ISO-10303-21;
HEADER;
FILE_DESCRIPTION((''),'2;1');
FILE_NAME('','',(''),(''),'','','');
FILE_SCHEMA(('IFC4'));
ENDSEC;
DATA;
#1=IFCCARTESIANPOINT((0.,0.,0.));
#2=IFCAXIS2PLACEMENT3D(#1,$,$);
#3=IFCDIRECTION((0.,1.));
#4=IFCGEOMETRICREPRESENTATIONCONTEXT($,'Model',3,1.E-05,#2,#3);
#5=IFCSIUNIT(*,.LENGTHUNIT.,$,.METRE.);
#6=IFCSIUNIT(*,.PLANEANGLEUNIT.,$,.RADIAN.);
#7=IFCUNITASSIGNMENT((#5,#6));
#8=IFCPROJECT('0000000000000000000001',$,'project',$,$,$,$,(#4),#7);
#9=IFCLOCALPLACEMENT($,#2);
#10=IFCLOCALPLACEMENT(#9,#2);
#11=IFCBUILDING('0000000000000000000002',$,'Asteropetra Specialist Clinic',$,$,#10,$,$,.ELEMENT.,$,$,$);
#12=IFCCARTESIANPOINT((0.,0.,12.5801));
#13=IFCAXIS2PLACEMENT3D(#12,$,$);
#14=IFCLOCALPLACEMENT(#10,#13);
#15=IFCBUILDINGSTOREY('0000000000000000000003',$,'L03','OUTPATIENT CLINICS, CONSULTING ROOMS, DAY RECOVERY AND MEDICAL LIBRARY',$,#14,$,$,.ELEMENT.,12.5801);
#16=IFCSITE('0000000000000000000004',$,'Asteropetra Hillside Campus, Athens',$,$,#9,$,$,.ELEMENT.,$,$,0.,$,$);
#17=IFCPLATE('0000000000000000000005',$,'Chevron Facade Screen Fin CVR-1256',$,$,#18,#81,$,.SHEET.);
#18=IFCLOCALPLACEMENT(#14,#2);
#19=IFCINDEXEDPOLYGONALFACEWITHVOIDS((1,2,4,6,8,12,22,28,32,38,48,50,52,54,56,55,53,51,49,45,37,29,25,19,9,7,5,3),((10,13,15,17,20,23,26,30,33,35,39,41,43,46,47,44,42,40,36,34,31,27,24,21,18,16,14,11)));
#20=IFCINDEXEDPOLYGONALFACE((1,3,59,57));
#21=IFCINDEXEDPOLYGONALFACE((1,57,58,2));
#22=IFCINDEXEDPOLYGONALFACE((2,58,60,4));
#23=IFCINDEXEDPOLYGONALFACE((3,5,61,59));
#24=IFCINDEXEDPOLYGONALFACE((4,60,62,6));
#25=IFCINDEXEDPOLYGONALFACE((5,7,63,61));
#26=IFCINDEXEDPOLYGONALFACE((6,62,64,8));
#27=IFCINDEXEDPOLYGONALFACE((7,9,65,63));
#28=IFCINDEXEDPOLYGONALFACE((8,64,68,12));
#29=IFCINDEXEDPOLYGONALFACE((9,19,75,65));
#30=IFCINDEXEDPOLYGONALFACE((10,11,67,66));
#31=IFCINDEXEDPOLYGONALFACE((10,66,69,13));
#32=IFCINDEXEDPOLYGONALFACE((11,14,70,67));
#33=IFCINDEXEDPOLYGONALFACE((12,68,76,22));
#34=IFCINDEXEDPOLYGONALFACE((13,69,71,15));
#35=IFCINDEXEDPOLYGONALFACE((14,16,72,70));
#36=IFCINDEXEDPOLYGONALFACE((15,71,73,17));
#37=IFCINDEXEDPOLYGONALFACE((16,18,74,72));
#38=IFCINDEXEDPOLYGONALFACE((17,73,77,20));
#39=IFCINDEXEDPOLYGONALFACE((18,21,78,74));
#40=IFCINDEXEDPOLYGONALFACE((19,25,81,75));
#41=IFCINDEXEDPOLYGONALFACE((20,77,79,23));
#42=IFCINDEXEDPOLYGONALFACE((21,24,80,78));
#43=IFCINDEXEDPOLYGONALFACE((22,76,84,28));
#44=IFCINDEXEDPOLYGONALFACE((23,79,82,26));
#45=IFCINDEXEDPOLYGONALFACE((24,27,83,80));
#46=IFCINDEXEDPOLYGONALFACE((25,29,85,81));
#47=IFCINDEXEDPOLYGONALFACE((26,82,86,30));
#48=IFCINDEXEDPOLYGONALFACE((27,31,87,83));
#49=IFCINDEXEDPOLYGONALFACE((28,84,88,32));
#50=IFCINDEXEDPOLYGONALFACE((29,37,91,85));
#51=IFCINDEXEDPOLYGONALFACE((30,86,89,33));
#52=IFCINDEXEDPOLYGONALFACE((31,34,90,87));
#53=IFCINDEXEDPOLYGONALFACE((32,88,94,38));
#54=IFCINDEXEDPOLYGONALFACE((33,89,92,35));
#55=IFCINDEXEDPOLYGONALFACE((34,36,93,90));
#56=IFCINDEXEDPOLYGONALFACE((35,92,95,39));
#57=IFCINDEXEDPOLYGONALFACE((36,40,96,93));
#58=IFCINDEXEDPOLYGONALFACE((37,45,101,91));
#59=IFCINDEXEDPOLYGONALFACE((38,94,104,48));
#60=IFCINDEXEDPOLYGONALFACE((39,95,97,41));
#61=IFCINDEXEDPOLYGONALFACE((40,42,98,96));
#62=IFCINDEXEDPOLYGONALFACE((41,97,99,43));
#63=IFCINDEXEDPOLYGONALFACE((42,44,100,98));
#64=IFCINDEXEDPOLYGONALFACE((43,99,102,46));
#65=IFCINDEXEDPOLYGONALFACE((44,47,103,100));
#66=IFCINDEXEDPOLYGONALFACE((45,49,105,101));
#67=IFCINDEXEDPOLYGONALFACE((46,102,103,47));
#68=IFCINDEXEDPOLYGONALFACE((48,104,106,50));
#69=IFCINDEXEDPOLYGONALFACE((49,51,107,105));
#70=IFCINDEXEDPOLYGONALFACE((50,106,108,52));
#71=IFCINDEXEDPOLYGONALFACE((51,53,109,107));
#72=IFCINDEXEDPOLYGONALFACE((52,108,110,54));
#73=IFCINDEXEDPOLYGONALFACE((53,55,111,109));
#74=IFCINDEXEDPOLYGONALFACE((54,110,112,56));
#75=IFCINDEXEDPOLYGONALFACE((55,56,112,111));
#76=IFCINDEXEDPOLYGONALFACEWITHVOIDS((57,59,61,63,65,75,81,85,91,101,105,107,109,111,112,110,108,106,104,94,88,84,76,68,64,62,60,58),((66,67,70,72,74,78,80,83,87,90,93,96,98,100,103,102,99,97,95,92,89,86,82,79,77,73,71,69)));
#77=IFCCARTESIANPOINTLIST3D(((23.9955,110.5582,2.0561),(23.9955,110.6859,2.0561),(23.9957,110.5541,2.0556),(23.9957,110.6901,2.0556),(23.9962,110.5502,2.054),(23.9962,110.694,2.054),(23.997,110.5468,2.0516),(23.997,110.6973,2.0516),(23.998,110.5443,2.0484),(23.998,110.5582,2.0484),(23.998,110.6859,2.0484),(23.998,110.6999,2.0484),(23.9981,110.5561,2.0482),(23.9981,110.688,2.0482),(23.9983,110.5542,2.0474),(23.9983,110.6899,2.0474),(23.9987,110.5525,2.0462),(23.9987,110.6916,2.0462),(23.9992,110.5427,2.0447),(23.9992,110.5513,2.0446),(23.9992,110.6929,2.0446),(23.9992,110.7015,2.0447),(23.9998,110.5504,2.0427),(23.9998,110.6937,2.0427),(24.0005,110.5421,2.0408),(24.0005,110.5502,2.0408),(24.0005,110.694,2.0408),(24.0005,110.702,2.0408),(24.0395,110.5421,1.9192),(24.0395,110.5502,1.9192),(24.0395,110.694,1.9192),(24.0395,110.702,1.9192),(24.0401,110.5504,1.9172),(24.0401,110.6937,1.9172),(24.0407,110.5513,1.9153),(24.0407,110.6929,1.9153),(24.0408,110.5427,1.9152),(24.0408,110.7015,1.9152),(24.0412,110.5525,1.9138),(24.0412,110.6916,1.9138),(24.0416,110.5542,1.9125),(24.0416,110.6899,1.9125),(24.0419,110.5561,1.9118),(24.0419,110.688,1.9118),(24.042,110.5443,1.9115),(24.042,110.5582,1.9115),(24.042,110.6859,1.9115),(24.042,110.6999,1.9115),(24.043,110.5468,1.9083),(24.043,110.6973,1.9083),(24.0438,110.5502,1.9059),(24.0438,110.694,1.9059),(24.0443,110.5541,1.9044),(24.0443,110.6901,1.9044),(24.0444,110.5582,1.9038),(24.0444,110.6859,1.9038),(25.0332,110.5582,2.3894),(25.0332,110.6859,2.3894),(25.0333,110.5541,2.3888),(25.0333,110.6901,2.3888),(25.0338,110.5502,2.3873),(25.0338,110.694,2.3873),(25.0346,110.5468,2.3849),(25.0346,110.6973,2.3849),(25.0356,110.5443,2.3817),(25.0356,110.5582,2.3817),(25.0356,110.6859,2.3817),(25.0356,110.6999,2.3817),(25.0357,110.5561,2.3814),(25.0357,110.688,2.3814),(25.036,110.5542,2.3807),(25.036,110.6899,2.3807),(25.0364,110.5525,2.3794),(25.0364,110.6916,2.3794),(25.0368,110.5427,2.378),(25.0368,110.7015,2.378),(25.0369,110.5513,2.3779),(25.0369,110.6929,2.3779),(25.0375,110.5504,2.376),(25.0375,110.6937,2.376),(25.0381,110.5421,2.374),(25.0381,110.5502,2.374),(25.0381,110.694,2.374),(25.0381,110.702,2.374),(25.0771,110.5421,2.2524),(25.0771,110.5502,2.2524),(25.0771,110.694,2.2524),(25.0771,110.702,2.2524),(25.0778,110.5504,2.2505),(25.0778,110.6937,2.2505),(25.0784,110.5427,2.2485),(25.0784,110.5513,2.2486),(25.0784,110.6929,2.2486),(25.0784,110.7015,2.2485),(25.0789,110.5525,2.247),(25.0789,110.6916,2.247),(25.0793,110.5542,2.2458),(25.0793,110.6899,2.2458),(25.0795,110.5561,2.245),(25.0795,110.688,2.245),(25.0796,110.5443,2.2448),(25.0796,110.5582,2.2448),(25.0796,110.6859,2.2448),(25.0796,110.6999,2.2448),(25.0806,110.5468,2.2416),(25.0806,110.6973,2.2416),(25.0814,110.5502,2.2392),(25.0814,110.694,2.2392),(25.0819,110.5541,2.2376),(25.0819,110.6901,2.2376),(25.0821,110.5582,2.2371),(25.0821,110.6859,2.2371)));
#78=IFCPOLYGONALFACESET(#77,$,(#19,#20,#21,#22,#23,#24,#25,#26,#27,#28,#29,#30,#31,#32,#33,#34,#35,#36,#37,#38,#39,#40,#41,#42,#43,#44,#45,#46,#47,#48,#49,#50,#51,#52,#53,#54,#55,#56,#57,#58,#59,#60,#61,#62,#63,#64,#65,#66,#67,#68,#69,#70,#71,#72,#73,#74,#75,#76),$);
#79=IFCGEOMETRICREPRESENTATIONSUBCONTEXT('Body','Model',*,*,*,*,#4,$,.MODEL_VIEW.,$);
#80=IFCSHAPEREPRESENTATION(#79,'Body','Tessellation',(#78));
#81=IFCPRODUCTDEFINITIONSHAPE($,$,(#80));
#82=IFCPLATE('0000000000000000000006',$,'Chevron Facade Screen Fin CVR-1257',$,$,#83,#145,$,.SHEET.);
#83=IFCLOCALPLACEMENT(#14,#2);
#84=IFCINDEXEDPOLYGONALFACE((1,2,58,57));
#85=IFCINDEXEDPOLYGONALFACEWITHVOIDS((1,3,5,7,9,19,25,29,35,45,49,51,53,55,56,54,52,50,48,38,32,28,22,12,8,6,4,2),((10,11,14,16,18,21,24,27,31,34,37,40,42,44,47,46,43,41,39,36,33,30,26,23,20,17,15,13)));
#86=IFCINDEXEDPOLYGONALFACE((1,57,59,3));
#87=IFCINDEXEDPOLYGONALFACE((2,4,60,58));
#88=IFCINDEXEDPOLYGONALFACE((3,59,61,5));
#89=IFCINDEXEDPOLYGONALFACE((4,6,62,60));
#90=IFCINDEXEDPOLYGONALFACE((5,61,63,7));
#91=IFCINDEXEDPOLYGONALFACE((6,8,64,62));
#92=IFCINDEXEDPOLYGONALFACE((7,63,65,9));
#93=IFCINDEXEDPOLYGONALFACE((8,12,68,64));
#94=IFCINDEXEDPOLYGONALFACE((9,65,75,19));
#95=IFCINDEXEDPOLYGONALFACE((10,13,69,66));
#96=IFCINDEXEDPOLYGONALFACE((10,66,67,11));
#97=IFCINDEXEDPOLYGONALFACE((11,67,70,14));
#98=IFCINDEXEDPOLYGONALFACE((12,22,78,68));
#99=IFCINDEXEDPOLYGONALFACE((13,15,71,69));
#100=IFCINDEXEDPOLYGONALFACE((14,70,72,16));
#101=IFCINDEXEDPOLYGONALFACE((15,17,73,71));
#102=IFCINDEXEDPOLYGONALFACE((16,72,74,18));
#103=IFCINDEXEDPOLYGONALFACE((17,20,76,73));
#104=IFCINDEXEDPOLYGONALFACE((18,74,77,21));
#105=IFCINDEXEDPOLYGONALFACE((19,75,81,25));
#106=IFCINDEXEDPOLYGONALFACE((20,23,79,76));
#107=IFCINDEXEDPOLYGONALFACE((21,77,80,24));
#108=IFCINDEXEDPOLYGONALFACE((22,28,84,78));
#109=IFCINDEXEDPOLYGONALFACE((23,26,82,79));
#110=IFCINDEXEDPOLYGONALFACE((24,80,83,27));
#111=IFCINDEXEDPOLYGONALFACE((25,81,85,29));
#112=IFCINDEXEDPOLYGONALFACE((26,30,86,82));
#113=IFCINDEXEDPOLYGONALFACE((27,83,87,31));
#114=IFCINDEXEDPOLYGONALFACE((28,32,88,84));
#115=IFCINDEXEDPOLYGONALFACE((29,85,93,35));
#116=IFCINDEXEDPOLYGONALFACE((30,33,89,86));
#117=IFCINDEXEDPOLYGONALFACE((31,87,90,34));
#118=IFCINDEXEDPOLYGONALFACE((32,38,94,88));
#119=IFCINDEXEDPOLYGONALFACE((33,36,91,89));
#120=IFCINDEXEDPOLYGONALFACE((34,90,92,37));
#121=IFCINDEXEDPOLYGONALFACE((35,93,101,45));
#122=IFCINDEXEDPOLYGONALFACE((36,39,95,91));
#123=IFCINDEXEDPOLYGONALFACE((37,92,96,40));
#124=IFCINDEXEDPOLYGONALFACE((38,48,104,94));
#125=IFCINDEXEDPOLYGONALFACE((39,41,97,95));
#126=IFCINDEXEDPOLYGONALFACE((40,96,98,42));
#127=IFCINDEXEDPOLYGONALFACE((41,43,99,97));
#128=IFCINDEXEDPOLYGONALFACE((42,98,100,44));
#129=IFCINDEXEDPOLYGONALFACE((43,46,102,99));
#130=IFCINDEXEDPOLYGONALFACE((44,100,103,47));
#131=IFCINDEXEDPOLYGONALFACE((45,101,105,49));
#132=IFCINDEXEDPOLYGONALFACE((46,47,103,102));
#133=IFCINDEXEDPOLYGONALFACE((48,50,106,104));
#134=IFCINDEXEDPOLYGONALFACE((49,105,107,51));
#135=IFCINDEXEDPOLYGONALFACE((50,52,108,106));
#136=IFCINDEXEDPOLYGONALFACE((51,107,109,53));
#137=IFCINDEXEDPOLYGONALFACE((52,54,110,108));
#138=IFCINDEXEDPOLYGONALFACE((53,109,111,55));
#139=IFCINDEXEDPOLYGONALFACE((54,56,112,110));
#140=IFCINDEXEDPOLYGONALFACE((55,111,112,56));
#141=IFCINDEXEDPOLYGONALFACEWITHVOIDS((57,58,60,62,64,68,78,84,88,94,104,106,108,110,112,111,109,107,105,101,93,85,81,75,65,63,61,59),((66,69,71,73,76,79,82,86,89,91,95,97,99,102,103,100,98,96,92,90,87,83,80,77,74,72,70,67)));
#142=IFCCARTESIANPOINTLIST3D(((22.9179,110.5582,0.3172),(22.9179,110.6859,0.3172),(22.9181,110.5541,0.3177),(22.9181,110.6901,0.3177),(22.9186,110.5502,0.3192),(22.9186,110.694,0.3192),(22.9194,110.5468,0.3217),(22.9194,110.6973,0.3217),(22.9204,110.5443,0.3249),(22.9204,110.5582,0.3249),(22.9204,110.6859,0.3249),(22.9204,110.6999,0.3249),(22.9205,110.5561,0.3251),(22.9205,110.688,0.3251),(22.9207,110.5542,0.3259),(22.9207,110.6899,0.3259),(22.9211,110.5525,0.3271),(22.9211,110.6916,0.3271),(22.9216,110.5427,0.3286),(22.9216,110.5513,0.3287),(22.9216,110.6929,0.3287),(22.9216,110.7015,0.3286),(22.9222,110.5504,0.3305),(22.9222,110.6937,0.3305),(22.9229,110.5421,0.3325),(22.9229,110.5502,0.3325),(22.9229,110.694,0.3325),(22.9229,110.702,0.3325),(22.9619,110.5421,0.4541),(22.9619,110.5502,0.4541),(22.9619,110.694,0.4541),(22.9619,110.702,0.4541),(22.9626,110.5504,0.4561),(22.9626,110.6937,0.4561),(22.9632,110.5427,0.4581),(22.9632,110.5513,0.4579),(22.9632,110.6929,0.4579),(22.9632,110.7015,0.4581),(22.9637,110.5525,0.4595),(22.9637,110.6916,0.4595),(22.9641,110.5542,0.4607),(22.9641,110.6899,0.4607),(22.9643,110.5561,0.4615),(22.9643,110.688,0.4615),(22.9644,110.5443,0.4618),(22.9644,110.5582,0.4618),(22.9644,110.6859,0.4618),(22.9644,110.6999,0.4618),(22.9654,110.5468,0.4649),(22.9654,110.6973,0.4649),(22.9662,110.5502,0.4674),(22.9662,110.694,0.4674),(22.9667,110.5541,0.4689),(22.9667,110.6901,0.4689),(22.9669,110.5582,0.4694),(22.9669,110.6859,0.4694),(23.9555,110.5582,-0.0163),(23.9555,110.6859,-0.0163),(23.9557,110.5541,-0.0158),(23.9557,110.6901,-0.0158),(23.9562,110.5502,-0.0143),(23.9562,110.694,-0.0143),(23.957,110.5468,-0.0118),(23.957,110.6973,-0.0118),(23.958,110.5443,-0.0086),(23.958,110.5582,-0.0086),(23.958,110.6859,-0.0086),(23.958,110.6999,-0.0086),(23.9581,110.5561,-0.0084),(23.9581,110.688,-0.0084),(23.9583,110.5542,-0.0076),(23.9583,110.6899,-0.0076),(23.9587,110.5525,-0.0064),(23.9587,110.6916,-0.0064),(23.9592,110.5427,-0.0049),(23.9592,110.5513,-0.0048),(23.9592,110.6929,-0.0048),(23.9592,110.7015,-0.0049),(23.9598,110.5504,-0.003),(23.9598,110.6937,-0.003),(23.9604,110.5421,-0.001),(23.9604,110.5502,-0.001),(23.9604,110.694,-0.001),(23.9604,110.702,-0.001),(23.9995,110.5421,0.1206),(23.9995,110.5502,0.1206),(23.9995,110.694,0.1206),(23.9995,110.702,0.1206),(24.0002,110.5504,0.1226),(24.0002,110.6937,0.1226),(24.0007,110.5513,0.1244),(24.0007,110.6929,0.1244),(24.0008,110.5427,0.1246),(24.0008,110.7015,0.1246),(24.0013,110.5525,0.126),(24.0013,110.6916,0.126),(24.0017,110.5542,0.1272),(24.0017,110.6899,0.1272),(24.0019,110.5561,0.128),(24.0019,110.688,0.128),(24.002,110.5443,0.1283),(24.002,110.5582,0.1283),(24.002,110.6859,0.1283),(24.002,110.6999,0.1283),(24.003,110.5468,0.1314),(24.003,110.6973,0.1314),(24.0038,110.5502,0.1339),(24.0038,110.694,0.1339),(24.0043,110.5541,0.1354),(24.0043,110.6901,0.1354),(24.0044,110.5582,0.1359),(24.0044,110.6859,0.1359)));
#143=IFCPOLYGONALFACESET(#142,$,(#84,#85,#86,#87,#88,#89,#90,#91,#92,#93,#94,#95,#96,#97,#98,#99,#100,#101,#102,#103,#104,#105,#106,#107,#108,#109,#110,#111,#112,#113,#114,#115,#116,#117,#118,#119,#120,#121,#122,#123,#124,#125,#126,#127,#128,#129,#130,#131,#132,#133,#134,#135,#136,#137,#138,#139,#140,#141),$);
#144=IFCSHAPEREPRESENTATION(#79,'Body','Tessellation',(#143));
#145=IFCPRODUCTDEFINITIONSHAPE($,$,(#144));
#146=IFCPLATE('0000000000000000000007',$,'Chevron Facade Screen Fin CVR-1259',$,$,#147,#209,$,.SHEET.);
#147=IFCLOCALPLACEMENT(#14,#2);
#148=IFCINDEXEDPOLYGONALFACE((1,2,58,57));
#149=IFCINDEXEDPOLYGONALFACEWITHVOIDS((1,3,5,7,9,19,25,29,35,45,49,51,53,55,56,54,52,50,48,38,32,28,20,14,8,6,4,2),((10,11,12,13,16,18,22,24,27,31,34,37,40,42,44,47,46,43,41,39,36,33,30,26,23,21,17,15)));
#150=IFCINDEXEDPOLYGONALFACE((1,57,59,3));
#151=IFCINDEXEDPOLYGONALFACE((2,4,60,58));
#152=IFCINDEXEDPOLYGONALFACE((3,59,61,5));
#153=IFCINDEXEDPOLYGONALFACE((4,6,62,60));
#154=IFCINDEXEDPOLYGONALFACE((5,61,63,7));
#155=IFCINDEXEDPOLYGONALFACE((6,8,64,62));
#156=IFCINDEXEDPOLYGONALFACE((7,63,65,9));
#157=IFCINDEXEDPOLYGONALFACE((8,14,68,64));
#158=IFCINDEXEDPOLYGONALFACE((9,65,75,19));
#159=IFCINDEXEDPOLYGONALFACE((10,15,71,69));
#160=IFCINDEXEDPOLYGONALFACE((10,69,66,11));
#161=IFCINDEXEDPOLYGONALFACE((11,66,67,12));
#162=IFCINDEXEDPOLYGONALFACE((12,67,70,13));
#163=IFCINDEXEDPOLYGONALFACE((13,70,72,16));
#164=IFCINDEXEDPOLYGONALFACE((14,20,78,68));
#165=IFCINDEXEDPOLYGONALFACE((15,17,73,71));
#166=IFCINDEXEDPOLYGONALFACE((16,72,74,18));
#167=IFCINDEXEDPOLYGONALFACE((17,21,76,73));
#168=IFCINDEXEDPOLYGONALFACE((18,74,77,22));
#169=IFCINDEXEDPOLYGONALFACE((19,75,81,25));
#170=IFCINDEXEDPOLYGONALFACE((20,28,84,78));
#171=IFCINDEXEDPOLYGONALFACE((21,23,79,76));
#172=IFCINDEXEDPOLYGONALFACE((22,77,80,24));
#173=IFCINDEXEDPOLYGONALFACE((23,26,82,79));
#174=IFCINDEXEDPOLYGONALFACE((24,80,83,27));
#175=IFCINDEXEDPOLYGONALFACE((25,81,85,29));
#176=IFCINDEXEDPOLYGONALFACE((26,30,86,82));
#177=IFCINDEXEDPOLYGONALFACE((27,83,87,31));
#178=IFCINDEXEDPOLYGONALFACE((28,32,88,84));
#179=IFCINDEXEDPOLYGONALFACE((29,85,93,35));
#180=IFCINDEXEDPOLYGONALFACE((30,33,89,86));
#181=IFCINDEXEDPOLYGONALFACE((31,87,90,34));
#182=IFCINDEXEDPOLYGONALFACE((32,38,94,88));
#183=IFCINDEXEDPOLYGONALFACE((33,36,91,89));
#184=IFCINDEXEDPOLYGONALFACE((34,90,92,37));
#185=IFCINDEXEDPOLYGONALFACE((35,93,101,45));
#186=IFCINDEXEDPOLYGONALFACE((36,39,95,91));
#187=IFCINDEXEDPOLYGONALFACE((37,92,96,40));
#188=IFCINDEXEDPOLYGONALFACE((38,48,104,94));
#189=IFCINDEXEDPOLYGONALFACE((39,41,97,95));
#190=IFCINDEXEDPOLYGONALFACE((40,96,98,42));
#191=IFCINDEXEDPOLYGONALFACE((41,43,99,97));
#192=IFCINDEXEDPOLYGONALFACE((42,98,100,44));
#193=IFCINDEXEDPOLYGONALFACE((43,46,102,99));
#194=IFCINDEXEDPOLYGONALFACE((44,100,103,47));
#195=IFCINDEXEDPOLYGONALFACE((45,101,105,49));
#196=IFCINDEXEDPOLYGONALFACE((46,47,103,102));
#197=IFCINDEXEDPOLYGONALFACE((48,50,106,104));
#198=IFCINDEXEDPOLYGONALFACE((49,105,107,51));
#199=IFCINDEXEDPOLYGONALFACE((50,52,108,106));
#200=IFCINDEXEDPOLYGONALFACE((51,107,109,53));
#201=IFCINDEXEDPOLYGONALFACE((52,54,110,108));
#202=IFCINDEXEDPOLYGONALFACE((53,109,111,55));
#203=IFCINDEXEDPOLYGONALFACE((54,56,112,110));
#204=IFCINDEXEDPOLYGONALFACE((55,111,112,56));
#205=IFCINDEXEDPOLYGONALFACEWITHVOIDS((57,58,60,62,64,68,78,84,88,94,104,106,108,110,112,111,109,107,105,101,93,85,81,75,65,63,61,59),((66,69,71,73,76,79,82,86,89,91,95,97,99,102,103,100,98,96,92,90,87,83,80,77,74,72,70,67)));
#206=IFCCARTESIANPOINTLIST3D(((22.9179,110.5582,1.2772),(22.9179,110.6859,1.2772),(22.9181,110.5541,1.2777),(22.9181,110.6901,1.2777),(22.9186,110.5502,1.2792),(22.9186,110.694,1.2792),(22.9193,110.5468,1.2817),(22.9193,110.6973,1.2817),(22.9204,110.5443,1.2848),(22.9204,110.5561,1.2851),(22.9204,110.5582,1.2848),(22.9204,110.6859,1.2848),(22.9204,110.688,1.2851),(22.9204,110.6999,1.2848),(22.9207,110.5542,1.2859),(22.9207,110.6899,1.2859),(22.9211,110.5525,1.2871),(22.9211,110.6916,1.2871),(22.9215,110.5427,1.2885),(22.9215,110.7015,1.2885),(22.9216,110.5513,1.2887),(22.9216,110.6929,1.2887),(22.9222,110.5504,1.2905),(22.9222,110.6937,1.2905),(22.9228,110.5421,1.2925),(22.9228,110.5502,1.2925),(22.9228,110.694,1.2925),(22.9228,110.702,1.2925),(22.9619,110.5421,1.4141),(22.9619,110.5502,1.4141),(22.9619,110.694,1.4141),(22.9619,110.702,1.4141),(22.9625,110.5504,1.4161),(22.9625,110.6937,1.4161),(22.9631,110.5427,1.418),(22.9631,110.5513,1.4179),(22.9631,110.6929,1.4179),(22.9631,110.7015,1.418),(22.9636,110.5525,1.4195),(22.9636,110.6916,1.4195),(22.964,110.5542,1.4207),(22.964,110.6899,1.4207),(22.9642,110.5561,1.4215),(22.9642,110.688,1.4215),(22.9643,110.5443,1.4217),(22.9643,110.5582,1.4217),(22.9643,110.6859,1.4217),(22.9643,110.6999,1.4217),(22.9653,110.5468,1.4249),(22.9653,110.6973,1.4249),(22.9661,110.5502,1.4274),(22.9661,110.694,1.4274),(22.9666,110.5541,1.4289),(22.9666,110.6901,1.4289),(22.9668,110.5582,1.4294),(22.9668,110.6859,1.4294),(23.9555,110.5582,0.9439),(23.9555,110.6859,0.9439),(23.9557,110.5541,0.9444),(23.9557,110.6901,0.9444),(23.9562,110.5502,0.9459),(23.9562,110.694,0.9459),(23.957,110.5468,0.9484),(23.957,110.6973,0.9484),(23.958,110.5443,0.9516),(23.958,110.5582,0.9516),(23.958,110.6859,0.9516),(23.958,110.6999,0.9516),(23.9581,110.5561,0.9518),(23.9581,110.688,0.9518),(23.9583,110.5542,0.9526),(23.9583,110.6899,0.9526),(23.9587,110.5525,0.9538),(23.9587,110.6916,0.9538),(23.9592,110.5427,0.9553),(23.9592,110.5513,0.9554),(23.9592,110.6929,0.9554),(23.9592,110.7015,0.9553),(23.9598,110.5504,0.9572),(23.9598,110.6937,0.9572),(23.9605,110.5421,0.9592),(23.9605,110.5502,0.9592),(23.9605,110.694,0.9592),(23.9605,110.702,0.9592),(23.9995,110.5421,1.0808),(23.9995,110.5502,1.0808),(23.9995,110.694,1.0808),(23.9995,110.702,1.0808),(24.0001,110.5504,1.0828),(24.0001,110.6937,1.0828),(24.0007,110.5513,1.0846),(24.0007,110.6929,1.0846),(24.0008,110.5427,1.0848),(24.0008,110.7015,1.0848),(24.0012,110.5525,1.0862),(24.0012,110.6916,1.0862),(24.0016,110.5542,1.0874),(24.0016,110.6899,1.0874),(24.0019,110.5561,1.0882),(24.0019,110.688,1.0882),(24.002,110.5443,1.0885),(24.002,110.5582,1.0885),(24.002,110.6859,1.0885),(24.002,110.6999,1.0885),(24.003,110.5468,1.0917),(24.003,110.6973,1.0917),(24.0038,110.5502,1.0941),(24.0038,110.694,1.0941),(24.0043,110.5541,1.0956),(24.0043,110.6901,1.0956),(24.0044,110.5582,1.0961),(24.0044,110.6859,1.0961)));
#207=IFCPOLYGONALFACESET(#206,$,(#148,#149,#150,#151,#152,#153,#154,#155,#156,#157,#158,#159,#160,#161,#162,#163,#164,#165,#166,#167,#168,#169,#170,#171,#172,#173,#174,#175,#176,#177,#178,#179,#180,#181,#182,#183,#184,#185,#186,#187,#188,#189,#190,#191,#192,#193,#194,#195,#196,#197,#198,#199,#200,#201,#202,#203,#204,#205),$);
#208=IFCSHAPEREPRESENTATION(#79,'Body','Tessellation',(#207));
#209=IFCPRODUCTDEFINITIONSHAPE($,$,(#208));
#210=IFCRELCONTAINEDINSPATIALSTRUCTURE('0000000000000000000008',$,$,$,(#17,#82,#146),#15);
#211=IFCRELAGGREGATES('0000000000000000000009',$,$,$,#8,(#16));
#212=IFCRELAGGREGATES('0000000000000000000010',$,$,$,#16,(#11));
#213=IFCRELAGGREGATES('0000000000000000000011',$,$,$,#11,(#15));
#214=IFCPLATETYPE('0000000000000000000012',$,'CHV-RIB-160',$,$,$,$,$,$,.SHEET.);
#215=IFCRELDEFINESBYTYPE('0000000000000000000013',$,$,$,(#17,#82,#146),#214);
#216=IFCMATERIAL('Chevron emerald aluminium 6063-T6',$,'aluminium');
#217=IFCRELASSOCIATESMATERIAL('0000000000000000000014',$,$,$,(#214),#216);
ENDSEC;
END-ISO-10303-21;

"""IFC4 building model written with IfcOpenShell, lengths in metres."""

from ifc_helpers import new_model, si_unit, direction, frame, origin, origin_2d, place, context, subcontext, project, spatial, hollow_rectangle, extrude, material, material_profile, profile_set, type_object, element, save


model = new_model("IFC4")

# Units and contexts
model_context = context("Model", 3, precision=1e-05, world=origin(), true_north=direction((0.0, 1.0)))
body_context = subcontext(model_context, "Body", "Model", "MODEL_VIEW")
ifc_project = project(units=[si_unit("LENGTHUNIT", "METRE"), si_unit("PLANEANGLEUNIT", "RADIAN")], contexts=[model_context])

# Site, building, storey
site_placement = place(None, origin())
site = spatial("IfcSite", under=ifc_project, at=site_placement, Name="Asteropetra Hillside Campus, Athens", CompositionType="ELEMENT", RefElevation=0.0)
building_placement = place(site_placement, origin())
building = spatial("IfcBuilding", under=site, at=building_placement, Name="Asteropetra Specialist Clinic", CompositionType="ELEMENT")
storey_placement = place(building_placement, frame((0.0, 0.0, 12.5801)))
storey = spatial("IfcBuildingStorey", under=building, at=storey_placement, Name="L03", Description="OUTPATIENT CLINICS, CONSULTING ROOMS, DAY RECOVERY AND MEDICAL LIBRARY", CompositionType="ELEMENT", Elevation=12.5801)

# Plates
ifc_material_1 = material(Name="Chevron emerald aluminium 6063-T6", Category="aluminium")
ifc_material_profile_1 = material_profile(ifc_material_1, hollow_rectangle(XDim=0.1599, YDim=0.1599, WallThickness=0.0081, InnerFilletRadius=0.0081, OuterFilletRadius=0.0161, at=origin_2d()), Name="SHS 160x160x8.0")
ifc_profile_set_1 = profile_set([ifc_material_profile_1], Name="Chevron emerald aluminium 6063-T6")
plate_type = type_object("IfcPlateType", Name="CHV-RIB-160", PredefinedType="SHEET", material=ifc_profile_set_1)
for number, where, z_axis, x_axis, name in (
    (1, (25.0576, 110.6221, 2.3132), (-0.952098, 0.0, -0.305792), (0.0, -1.0, 0.0), "Chevron Facade Screen Fin CVR-1256"),
    (2, (23.98, 110.6221, 0.0598), (-0.952033, 0.0, 0.305995), (0.0, -1.0, 0.0), "Chevron Facade Screen Fin CVR-1257"),
    (3, (23.98, 110.6221, 1.02), (-0.952098, 0.0, 0.305792), (0.0, -1.0, 0.0), "Chevron Facade Screen Fin CVR-1259"),
):
    element("IfcPlate", number, at=place(storey_placement, frame(where, z_axis=z_axis, x_axis=x_axis)), inside=storey, type_object=plate_type, Name=name, PredefinedType="SHEET", context=body_context, shape_type="SweptSolid", body=[
        extrude(hollow_rectangle(XDim=0.1599, YDim=0.1599, WallThickness=0.0081, InnerFilletRadius=0.0081, OuterFilletRadius=0.0161, at=origin_2d()), origin(), (0.0, 0.0, 1.0), 1.0898),
    ])

save(model, "model.ifc")
